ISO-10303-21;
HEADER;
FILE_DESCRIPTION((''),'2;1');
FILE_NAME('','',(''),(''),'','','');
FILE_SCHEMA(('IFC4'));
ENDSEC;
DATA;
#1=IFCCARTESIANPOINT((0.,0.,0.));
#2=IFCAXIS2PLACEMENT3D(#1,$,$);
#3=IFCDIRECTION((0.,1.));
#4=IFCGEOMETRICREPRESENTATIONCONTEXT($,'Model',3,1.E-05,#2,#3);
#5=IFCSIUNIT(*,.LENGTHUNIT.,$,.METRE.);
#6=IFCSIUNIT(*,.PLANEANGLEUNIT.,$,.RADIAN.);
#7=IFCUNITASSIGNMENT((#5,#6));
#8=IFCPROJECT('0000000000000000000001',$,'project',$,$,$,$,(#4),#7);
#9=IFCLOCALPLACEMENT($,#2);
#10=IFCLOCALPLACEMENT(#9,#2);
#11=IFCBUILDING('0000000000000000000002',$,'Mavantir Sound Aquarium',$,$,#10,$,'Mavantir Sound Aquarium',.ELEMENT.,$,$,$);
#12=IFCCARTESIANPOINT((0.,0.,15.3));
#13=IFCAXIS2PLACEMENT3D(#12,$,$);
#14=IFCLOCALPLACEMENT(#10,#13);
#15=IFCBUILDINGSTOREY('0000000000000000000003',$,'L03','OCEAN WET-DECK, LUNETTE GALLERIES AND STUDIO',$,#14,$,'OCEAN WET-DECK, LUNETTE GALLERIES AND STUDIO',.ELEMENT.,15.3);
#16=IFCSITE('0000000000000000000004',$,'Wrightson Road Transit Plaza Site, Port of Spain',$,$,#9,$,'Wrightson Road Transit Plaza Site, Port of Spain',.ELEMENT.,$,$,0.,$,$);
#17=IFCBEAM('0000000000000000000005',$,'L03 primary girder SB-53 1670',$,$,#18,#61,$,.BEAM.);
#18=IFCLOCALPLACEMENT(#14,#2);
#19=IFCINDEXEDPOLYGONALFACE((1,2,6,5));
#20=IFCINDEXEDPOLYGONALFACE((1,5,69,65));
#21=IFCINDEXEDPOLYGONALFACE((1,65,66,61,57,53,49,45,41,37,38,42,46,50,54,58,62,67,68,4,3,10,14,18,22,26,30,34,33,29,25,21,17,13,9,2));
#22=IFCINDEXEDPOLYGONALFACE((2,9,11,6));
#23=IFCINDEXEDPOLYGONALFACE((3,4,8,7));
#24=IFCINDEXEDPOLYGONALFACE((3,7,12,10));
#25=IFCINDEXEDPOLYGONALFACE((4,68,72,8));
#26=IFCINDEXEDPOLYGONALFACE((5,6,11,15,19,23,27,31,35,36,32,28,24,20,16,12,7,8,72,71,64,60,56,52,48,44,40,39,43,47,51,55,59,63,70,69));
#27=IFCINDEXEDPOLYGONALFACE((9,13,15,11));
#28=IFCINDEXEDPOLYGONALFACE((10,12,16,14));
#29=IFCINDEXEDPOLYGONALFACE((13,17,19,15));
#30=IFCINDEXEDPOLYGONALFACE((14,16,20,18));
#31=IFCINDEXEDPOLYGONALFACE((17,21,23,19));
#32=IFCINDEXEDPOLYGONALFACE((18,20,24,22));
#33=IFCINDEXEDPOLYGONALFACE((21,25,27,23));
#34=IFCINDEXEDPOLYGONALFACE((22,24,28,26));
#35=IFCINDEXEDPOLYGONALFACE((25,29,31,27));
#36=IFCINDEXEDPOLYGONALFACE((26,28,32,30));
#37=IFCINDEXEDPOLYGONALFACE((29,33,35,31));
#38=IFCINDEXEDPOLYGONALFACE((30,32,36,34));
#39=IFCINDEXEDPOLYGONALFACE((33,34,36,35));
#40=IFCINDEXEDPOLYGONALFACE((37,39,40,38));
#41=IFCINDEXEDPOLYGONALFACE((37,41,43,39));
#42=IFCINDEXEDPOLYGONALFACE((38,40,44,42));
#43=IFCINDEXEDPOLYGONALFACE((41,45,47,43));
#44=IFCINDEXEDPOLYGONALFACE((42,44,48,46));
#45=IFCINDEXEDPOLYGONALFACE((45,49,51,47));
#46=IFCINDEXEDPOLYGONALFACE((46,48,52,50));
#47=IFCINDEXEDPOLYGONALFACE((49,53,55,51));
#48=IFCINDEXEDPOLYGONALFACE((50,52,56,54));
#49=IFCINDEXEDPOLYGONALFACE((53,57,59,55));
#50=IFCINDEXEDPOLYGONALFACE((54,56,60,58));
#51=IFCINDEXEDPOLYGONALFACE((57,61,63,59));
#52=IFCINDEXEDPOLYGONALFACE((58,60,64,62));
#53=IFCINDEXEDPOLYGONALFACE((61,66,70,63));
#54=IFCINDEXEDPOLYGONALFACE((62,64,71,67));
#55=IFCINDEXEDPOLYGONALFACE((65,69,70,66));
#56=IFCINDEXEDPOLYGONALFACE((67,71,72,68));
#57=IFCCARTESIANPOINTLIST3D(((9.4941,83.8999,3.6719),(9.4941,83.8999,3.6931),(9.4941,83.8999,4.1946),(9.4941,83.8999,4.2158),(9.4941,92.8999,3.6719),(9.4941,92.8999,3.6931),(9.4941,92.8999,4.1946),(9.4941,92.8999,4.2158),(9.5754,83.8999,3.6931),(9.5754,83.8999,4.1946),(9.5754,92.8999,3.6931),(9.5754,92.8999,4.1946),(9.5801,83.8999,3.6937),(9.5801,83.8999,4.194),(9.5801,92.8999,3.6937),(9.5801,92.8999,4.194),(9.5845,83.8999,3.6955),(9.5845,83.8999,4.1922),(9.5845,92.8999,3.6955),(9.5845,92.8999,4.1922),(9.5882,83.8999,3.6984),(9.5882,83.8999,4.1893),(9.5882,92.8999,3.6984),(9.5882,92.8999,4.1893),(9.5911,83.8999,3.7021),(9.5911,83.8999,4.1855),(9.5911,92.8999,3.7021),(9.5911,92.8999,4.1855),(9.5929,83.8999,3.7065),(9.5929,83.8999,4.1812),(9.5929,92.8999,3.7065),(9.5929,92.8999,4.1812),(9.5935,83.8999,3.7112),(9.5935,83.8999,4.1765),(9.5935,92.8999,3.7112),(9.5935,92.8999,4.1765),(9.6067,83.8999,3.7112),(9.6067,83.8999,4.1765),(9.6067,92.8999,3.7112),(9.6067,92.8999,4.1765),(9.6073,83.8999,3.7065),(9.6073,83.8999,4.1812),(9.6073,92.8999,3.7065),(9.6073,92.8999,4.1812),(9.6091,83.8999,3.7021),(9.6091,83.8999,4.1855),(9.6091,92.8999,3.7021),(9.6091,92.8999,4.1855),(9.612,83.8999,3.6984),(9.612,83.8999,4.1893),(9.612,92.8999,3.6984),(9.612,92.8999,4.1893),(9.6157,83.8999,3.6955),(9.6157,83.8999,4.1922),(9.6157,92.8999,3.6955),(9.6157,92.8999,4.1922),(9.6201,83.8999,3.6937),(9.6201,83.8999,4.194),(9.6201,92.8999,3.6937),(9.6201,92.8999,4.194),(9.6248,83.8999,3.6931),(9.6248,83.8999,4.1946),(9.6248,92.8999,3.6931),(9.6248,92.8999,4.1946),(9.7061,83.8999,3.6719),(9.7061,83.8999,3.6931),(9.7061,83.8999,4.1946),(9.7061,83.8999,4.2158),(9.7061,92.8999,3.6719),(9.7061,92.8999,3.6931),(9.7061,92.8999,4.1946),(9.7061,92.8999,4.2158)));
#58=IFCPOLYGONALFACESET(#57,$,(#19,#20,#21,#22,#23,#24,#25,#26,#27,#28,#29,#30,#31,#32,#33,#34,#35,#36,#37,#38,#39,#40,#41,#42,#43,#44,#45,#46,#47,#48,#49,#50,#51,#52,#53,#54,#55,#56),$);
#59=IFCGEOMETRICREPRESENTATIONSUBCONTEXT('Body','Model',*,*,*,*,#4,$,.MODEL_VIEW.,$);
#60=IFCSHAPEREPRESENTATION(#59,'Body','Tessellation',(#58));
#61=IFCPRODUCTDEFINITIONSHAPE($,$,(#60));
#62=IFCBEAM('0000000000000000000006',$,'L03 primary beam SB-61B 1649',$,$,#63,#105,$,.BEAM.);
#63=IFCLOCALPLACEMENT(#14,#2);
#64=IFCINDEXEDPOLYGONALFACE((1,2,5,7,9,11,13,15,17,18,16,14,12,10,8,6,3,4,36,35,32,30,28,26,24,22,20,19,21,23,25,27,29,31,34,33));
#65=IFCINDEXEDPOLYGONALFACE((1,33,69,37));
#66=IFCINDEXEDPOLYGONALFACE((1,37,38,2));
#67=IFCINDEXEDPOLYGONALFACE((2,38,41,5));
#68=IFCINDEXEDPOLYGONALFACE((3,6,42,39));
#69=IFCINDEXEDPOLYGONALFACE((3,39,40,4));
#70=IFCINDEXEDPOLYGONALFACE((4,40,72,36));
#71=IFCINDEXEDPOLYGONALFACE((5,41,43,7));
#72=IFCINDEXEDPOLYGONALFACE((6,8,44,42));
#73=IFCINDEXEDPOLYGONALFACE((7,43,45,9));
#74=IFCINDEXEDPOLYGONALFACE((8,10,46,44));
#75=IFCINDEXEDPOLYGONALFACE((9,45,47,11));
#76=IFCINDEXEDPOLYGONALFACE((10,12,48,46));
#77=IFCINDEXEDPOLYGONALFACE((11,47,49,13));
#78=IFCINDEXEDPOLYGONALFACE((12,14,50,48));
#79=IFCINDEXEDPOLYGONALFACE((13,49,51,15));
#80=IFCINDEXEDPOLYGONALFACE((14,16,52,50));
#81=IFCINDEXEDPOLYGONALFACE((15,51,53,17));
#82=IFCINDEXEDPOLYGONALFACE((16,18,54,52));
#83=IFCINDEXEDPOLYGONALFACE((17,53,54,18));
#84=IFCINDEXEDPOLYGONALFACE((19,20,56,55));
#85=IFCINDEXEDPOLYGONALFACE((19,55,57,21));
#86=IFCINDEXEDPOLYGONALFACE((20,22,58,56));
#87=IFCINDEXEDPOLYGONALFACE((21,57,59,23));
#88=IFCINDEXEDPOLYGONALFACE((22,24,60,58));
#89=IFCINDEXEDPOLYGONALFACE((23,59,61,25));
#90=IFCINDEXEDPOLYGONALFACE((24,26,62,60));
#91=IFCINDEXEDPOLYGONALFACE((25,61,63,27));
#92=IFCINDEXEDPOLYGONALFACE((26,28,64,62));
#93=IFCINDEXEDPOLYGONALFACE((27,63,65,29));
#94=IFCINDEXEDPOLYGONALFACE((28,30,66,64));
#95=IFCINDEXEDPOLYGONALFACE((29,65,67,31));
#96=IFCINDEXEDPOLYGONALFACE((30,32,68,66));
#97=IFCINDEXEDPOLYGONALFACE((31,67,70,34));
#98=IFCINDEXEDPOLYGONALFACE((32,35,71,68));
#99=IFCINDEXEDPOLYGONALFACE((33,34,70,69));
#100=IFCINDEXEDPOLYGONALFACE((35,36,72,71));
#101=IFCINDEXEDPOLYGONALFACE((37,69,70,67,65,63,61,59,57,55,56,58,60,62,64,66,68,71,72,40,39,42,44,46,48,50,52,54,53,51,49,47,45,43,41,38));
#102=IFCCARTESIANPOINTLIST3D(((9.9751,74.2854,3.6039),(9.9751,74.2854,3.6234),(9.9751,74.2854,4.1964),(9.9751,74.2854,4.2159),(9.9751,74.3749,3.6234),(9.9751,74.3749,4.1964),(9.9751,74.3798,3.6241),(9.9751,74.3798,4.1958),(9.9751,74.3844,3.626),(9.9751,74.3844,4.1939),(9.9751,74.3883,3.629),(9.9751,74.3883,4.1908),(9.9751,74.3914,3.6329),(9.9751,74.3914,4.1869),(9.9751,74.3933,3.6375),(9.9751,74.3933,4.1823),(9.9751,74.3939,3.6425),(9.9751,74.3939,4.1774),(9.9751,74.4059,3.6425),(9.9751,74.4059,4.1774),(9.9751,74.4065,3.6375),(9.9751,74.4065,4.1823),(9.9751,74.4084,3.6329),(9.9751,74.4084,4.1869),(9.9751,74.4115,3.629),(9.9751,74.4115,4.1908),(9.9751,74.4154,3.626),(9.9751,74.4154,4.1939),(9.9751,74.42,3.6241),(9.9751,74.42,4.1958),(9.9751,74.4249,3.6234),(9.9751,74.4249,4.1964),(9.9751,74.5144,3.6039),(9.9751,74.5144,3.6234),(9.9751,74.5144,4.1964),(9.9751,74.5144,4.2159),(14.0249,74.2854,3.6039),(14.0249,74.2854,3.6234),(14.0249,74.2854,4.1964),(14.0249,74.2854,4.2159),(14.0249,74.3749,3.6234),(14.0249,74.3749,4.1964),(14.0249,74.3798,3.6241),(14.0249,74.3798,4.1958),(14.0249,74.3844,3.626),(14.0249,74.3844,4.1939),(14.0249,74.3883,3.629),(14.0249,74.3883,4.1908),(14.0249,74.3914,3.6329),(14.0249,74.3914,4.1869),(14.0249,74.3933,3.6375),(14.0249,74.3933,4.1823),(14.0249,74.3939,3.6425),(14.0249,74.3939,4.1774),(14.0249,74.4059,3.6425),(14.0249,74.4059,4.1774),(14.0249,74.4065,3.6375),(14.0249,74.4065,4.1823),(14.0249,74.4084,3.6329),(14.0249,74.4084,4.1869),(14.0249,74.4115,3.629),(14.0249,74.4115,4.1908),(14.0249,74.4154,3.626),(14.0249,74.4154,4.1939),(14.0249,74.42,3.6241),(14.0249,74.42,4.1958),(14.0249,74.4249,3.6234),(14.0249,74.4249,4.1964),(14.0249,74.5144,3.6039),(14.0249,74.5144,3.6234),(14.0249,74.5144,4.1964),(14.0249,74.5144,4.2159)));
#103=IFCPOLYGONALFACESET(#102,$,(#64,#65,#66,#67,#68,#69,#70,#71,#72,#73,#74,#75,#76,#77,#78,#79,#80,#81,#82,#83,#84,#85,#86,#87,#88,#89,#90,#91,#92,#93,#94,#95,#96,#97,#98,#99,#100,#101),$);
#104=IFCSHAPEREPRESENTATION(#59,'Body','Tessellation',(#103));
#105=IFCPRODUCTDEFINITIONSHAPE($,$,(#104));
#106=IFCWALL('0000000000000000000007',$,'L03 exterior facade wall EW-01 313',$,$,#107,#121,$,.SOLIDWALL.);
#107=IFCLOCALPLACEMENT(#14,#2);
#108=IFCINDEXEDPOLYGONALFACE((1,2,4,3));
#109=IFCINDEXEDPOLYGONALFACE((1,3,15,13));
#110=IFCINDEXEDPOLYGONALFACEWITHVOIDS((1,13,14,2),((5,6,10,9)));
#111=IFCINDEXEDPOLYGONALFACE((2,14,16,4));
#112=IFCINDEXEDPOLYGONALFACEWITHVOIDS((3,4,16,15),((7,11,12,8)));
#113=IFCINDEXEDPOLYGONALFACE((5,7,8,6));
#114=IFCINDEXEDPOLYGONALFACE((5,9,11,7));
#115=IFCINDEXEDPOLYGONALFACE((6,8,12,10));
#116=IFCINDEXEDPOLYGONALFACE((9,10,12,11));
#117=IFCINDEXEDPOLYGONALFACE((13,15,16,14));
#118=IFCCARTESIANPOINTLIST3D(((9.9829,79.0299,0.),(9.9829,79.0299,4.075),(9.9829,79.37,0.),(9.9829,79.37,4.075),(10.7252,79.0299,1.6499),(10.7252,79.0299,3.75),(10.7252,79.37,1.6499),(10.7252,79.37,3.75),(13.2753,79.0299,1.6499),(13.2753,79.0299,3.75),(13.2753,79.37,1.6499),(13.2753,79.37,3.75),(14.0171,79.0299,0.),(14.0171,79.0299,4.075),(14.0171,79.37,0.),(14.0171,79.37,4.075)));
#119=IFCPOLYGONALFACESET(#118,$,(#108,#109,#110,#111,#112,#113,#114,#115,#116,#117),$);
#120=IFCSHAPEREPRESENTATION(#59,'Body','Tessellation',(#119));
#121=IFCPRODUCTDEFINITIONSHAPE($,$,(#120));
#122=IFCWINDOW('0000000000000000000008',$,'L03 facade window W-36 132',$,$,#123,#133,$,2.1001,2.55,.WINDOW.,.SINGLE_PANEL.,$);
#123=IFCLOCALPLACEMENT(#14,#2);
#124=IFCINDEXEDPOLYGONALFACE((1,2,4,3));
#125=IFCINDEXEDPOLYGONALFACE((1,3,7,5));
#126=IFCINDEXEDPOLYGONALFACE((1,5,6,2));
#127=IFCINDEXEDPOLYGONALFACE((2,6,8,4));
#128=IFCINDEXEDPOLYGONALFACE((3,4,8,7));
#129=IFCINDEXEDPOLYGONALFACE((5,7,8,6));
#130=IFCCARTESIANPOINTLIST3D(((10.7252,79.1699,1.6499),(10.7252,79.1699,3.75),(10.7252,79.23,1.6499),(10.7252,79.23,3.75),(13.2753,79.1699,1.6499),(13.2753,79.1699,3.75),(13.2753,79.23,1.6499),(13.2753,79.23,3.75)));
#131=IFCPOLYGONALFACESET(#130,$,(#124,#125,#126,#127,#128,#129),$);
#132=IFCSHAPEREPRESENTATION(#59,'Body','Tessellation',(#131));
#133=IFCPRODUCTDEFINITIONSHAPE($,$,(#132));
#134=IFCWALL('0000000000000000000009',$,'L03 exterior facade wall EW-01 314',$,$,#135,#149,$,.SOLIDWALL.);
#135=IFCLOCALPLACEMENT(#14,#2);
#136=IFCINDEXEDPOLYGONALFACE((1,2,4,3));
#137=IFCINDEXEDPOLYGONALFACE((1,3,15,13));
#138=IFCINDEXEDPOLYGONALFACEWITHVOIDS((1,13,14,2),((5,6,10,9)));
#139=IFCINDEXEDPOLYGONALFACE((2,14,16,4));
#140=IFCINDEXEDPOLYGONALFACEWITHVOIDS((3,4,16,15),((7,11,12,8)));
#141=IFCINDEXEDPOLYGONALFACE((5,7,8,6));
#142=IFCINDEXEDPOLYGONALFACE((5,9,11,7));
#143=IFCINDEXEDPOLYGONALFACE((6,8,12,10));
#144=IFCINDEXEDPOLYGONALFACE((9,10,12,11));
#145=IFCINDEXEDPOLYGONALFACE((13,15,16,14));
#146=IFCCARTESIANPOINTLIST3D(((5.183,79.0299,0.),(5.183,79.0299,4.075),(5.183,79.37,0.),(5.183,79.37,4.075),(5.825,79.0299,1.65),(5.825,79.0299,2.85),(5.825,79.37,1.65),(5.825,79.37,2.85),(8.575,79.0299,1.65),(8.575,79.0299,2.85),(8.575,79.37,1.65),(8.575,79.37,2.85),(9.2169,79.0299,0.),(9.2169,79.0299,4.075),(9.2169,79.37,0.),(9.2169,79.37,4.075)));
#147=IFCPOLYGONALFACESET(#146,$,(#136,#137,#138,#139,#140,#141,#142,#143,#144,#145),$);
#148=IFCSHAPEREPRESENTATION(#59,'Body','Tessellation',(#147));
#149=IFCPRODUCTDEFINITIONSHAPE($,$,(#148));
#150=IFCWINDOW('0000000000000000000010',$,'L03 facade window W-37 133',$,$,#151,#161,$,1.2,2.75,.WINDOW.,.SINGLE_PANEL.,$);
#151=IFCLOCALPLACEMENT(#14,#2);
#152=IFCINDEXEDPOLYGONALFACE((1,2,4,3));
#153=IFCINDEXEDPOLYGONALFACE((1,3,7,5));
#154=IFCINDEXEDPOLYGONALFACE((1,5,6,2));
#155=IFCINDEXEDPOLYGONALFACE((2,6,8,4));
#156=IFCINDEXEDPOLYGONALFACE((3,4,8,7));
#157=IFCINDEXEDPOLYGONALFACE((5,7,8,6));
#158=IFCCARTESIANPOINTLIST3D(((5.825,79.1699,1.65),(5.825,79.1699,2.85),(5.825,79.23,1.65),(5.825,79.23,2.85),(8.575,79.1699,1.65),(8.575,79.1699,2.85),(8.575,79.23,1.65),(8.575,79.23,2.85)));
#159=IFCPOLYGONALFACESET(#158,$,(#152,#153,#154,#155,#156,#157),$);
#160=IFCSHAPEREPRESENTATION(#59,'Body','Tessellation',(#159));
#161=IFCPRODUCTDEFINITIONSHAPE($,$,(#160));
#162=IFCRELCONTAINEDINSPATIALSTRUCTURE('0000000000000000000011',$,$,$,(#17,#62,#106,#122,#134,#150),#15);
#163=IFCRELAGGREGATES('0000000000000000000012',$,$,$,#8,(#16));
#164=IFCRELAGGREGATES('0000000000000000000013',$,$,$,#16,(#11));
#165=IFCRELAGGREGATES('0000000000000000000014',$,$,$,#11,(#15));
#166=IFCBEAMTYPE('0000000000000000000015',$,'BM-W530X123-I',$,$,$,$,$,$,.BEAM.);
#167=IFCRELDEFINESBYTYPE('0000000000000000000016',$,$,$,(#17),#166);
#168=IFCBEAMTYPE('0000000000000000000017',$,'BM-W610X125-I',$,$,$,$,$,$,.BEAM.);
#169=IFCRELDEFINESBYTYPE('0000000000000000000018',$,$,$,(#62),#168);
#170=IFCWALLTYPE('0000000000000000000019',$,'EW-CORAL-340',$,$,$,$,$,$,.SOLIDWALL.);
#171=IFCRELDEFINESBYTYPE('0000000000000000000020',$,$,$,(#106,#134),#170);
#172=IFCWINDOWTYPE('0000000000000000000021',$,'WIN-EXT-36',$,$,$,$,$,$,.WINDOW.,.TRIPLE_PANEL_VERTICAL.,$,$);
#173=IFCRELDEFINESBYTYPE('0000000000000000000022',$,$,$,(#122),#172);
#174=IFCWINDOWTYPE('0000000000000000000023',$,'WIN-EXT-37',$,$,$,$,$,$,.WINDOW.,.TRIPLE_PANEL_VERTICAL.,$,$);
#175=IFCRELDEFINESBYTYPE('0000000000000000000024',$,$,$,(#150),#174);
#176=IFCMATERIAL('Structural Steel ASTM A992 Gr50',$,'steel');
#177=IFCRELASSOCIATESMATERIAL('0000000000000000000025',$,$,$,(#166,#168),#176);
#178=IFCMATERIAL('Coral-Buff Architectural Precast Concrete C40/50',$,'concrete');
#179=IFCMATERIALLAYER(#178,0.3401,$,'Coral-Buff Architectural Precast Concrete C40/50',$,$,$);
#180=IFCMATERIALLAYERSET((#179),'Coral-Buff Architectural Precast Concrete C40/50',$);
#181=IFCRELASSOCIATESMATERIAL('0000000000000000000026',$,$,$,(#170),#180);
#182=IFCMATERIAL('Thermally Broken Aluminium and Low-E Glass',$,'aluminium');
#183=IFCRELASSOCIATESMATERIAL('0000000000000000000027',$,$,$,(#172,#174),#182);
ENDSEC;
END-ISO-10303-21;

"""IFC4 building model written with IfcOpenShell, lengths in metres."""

from ifc_helpers import new_model, si_unit, direction, frame, frame_2d, origin, origin_2d, place, context, subcontext, project, spatial, rectangle, i_section, extrude, material, layer, layer_set, material_profile, profile_set, type_object, element, fill, save


model = new_model("IFC4")

# Units and contexts
model_context = context("Model", 3, precision=1e-05, world=origin(), true_north=direction((0.0, 1.0)))
body_context = subcontext(model_context, "Body", "Model", "MODEL_VIEW")
ifc_project = project(units=[si_unit("LENGTHUNIT", "METRE"), si_unit("PLANEANGLEUNIT", "RADIAN")], contexts=[model_context])

# Site, building, storey
site_placement = place(None, origin())
site = spatial("IfcSite", under=ifc_project, at=site_placement, Name="Wrightson Road Transit Plaza Site, Port of Spain", LongName="Wrightson Road Transit Plaza Site, Port of Spain", CompositionType="ELEMENT", RefElevation=0.0)
building_placement = place(site_placement, origin())
building = spatial("IfcBuilding", under=site, at=building_placement, Name="Mavantir Sound Aquarium", LongName="Mavantir Sound Aquarium", CompositionType="ELEMENT")
storey_placement = place(building_placement, frame((0.0, 0.0, 15.3)))
storey = spatial("IfcBuildingStorey", under=building, at=storey_placement, Name="L03", Description="OCEAN WET-DECK, LUNETTE GALLERIES AND STUDIO", LongName="OCEAN WET-DECK, LUNETTE GALLERIES AND STUDIO", CompositionType="ELEMENT", Elevation=15.3)

# Beams
ifc_material_1 = material(Name="Structural Steel ASTM A992 Gr50", Category="steel")
ifc_material_profile_1 = material_profile(ifc_material_1, i_section(OverallWidth=0.2119, OverallDepth=0.5439, WebThickness=0.0132, FlangeThickness=0.0212, FilletRadius=0.0181, at=origin_2d()), Name="W530X123")
ifc_profile_set_1 = profile_set([ifc_material_profile_1], Name="Structural Steel ASTM A992 Gr50")
beam_type_1 = type_object("IfcBeamType", Name="BM-W530X123-I", PredefinedType="BEAM", material=ifc_profile_set_1)
beam_1_placement = place(storey_placement, frame((9.6001, 83.8999, 3.9438), z_axis=(0.0, 1.0, 0.0), x_axis=(-1.0, 0.0, 0.0)))
element("IfcBeam", 1, at=beam_1_placement, inside=storey, type_object=beam_type_1, Name="L03 primary girder SB-53 1670", PredefinedType="BEAM", context=body_context, shape_type="SweptSolid", body=[
    extrude(i_section(OverallWidth=0.2119, OverallDepth=0.5439, WebThickness=0.0132, FlangeThickness=0.0212, FilletRadius=0.0181, at=origin_2d()), origin(), (0.0, 0.0, 1.0), 9.0),
])
ifc_material_profile_2 = material_profile(ifc_material_1, i_section(OverallWidth=0.229, OverallDepth=0.6121, WebThickness=0.012, FlangeThickness=0.0195, FilletRadius=0.019, at=origin_2d()), Name="W610X125")
ifc_profile_set_2 = profile_set([ifc_material_profile_2], Name="Structural Steel ASTM A992 Gr50")
beam_type_2 = type_object("IfcBeamType", Name="BM-W610X125-I", PredefinedType="BEAM", material=ifc_profile_set_2)
beam_2_placement = place(storey_placement, frame((9.9751, 74.3999, 3.9099), z_axis=(1.0, 0.0, 0.0), x_axis=(0.0, 1.0, 0.0)))
element("IfcBeam", 2, at=beam_2_placement, inside=storey, type_object=beam_type_2, Name="L03 primary beam SB-61B 1649", PredefinedType="BEAM", context=body_context, shape_type="SweptSolid", body=[
    extrude(i_section(OverallWidth=0.229, OverallDepth=0.6121, WebThickness=0.012, FlangeThickness=0.0195, FilletRadius=0.019, at=origin_2d()), origin(), (0.0, 0.0, 1.0), 4.0498),
])

# Walls, openings, windows
ifc_material_2 = material(Name="Coral-Buff Architectural Precast Concrete C40/50", Category="concrete")
ifc_layer_1 = layer(ifc_material_2, 0.3401, Name="Coral-Buff Architectural Precast Concrete C40/50")
ifc_layer_set_1 = layer_set([ifc_layer_1], Name="Coral-Buff Architectural Precast Concrete C40/50")
wall_type_1 = type_object("IfcWallType", Name="EW-CORAL-340", PredefinedType="SOLIDWALL", material=ifc_layer_set_1)
wall_1_placement = place(storey_placement, frame((14.0171, 79.2, 0.0), z_axis=(0.0, 0.0, 1.0), x_axis=(-1.0, 0.0, 0.0)))
wall_1 = element("IfcWall", 3, at=wall_1_placement, inside=storey, type_object=wall_type_1, Name="L03 exterior facade wall EW-01 313", PredefinedType="SOLIDWALL", context=body_context, shape_type="SweptSolid", body=[
    extrude(rectangle(XDim=4.0342, YDim=0.3401, at=frame_2d((2.0171, 0.0))), origin(), (0.0, 0.0, 1.0), 4.075),
])
opening_1_placement = place(wall_1_placement, frame((0.7419, 0.0, 1.6499)))
opening_1 = element("IfcOpeningElement", 4, at=opening_1_placement, cuts=wall_1, PredefinedType="OPENING", context=body_context, shape_type="SweptSolid", body=[
    extrude(rectangle(XDim=2.55, YDim=2.1001, at=frame_2d((1.2749, 1.05))), frame((0.0, 0.1802, 0.0), z_axis=(0.0, -1.0, 0.0), x_axis=(1.0, 0.0, 0.0)), (0.0, 0.0, 1.0), 0.3601),
])
ifc_material_3 = material(Name="Thermally Broken Aluminium and Low-E Glass", Category="aluminium")
window_type_1 = type_object("IfcWindowType", Name="WIN-EXT-36", PartitioningType="TRIPLE_PANEL_VERTICAL", PredefinedType="WINDOW", material=ifc_material_3)
window_1_placement = place(opening_1_placement, origin())
window_1 = element("IfcWindow", 5, at=window_1_placement, inside=storey, type_object=window_type_1, Name="L03 facade window W-36 132", OverallHeight=2.1001, OverallWidth=2.55, PartitioningType="SINGLE_PANEL", PredefinedType="WINDOW", context=body_context, shape_type="SweptSolid", body=[
    extrude(rectangle(XDim=2.55, YDim=2.1001, at=frame_2d((1.2749, 1.05))), frame((0.0, 0.03, 0.0), z_axis=(0.0, -1.0, 0.0), x_axis=(1.0, 0.0, 0.0)), (0.0, 0.0, 1.0), 0.0601),
])
fill(opening_1, window_1)
wall_2_placement = place(storey_placement, frame((9.217, 79.2, 0.0), z_axis=(0.0, 0.0, 1.0), x_axis=(-1.0, 0.0, 0.0)))
wall_2 = element("IfcWall", 6, at=wall_2_placement, inside=storey, type_object=wall_type_1, Name="L03 exterior facade wall EW-01 314", PredefinedType="SOLIDWALL", context=body_context, shape_type="SweptSolid", body=[
    extrude(rectangle(XDim=4.0339, YDim=0.3401, at=frame_2d((2.0171, 0.0))), origin(), (0.0, 0.0, 1.0), 4.075),
])
opening_2_placement = place(wall_2_placement, frame((0.6421, 0.0, 1.6499)))
opening_2 = element("IfcOpeningElement", 7, at=opening_2_placement, cuts=wall_2, PredefinedType="OPENING", context=body_context, shape_type="SweptSolid", body=[
    extrude(rectangle(XDim=2.75, YDim=1.2, at=frame_2d((1.375, 0.6001))), frame((0.0, 0.1802, 0.0), z_axis=(0.0, -1.0, 0.0), x_axis=(1.0, 0.0, 0.0)), (0.0, 0.0, 1.0), 0.3601),
])
window_type_2 = type_object("IfcWindowType", Name="WIN-EXT-37", PartitioningType="TRIPLE_PANEL_VERTICAL", PredefinedType="WINDOW", material=ifc_material_3)
window_2_placement = place(opening_2_placement, origin())
window_2 = element("IfcWindow", 8, at=window_2_placement, inside=storey, type_object=window_type_2, Name="L03 facade window W-37 133", OverallHeight=1.2, OverallWidth=2.75, PartitioningType="SINGLE_PANEL", PredefinedType="WINDOW", context=body_context, shape_type="SweptSolid", body=[
    extrude(rectangle(XDim=2.75, YDim=1.2, at=frame_2d((1.375, 0.6001))), frame((0.0, 0.03, 0.0), z_axis=(0.0, -1.0, 0.0), x_axis=(1.0, 0.0, 0.0)), (0.0, 0.0, 1.0), 0.0601),
])
fill(opening_2, window_2)

save(model, "model.ifc")
